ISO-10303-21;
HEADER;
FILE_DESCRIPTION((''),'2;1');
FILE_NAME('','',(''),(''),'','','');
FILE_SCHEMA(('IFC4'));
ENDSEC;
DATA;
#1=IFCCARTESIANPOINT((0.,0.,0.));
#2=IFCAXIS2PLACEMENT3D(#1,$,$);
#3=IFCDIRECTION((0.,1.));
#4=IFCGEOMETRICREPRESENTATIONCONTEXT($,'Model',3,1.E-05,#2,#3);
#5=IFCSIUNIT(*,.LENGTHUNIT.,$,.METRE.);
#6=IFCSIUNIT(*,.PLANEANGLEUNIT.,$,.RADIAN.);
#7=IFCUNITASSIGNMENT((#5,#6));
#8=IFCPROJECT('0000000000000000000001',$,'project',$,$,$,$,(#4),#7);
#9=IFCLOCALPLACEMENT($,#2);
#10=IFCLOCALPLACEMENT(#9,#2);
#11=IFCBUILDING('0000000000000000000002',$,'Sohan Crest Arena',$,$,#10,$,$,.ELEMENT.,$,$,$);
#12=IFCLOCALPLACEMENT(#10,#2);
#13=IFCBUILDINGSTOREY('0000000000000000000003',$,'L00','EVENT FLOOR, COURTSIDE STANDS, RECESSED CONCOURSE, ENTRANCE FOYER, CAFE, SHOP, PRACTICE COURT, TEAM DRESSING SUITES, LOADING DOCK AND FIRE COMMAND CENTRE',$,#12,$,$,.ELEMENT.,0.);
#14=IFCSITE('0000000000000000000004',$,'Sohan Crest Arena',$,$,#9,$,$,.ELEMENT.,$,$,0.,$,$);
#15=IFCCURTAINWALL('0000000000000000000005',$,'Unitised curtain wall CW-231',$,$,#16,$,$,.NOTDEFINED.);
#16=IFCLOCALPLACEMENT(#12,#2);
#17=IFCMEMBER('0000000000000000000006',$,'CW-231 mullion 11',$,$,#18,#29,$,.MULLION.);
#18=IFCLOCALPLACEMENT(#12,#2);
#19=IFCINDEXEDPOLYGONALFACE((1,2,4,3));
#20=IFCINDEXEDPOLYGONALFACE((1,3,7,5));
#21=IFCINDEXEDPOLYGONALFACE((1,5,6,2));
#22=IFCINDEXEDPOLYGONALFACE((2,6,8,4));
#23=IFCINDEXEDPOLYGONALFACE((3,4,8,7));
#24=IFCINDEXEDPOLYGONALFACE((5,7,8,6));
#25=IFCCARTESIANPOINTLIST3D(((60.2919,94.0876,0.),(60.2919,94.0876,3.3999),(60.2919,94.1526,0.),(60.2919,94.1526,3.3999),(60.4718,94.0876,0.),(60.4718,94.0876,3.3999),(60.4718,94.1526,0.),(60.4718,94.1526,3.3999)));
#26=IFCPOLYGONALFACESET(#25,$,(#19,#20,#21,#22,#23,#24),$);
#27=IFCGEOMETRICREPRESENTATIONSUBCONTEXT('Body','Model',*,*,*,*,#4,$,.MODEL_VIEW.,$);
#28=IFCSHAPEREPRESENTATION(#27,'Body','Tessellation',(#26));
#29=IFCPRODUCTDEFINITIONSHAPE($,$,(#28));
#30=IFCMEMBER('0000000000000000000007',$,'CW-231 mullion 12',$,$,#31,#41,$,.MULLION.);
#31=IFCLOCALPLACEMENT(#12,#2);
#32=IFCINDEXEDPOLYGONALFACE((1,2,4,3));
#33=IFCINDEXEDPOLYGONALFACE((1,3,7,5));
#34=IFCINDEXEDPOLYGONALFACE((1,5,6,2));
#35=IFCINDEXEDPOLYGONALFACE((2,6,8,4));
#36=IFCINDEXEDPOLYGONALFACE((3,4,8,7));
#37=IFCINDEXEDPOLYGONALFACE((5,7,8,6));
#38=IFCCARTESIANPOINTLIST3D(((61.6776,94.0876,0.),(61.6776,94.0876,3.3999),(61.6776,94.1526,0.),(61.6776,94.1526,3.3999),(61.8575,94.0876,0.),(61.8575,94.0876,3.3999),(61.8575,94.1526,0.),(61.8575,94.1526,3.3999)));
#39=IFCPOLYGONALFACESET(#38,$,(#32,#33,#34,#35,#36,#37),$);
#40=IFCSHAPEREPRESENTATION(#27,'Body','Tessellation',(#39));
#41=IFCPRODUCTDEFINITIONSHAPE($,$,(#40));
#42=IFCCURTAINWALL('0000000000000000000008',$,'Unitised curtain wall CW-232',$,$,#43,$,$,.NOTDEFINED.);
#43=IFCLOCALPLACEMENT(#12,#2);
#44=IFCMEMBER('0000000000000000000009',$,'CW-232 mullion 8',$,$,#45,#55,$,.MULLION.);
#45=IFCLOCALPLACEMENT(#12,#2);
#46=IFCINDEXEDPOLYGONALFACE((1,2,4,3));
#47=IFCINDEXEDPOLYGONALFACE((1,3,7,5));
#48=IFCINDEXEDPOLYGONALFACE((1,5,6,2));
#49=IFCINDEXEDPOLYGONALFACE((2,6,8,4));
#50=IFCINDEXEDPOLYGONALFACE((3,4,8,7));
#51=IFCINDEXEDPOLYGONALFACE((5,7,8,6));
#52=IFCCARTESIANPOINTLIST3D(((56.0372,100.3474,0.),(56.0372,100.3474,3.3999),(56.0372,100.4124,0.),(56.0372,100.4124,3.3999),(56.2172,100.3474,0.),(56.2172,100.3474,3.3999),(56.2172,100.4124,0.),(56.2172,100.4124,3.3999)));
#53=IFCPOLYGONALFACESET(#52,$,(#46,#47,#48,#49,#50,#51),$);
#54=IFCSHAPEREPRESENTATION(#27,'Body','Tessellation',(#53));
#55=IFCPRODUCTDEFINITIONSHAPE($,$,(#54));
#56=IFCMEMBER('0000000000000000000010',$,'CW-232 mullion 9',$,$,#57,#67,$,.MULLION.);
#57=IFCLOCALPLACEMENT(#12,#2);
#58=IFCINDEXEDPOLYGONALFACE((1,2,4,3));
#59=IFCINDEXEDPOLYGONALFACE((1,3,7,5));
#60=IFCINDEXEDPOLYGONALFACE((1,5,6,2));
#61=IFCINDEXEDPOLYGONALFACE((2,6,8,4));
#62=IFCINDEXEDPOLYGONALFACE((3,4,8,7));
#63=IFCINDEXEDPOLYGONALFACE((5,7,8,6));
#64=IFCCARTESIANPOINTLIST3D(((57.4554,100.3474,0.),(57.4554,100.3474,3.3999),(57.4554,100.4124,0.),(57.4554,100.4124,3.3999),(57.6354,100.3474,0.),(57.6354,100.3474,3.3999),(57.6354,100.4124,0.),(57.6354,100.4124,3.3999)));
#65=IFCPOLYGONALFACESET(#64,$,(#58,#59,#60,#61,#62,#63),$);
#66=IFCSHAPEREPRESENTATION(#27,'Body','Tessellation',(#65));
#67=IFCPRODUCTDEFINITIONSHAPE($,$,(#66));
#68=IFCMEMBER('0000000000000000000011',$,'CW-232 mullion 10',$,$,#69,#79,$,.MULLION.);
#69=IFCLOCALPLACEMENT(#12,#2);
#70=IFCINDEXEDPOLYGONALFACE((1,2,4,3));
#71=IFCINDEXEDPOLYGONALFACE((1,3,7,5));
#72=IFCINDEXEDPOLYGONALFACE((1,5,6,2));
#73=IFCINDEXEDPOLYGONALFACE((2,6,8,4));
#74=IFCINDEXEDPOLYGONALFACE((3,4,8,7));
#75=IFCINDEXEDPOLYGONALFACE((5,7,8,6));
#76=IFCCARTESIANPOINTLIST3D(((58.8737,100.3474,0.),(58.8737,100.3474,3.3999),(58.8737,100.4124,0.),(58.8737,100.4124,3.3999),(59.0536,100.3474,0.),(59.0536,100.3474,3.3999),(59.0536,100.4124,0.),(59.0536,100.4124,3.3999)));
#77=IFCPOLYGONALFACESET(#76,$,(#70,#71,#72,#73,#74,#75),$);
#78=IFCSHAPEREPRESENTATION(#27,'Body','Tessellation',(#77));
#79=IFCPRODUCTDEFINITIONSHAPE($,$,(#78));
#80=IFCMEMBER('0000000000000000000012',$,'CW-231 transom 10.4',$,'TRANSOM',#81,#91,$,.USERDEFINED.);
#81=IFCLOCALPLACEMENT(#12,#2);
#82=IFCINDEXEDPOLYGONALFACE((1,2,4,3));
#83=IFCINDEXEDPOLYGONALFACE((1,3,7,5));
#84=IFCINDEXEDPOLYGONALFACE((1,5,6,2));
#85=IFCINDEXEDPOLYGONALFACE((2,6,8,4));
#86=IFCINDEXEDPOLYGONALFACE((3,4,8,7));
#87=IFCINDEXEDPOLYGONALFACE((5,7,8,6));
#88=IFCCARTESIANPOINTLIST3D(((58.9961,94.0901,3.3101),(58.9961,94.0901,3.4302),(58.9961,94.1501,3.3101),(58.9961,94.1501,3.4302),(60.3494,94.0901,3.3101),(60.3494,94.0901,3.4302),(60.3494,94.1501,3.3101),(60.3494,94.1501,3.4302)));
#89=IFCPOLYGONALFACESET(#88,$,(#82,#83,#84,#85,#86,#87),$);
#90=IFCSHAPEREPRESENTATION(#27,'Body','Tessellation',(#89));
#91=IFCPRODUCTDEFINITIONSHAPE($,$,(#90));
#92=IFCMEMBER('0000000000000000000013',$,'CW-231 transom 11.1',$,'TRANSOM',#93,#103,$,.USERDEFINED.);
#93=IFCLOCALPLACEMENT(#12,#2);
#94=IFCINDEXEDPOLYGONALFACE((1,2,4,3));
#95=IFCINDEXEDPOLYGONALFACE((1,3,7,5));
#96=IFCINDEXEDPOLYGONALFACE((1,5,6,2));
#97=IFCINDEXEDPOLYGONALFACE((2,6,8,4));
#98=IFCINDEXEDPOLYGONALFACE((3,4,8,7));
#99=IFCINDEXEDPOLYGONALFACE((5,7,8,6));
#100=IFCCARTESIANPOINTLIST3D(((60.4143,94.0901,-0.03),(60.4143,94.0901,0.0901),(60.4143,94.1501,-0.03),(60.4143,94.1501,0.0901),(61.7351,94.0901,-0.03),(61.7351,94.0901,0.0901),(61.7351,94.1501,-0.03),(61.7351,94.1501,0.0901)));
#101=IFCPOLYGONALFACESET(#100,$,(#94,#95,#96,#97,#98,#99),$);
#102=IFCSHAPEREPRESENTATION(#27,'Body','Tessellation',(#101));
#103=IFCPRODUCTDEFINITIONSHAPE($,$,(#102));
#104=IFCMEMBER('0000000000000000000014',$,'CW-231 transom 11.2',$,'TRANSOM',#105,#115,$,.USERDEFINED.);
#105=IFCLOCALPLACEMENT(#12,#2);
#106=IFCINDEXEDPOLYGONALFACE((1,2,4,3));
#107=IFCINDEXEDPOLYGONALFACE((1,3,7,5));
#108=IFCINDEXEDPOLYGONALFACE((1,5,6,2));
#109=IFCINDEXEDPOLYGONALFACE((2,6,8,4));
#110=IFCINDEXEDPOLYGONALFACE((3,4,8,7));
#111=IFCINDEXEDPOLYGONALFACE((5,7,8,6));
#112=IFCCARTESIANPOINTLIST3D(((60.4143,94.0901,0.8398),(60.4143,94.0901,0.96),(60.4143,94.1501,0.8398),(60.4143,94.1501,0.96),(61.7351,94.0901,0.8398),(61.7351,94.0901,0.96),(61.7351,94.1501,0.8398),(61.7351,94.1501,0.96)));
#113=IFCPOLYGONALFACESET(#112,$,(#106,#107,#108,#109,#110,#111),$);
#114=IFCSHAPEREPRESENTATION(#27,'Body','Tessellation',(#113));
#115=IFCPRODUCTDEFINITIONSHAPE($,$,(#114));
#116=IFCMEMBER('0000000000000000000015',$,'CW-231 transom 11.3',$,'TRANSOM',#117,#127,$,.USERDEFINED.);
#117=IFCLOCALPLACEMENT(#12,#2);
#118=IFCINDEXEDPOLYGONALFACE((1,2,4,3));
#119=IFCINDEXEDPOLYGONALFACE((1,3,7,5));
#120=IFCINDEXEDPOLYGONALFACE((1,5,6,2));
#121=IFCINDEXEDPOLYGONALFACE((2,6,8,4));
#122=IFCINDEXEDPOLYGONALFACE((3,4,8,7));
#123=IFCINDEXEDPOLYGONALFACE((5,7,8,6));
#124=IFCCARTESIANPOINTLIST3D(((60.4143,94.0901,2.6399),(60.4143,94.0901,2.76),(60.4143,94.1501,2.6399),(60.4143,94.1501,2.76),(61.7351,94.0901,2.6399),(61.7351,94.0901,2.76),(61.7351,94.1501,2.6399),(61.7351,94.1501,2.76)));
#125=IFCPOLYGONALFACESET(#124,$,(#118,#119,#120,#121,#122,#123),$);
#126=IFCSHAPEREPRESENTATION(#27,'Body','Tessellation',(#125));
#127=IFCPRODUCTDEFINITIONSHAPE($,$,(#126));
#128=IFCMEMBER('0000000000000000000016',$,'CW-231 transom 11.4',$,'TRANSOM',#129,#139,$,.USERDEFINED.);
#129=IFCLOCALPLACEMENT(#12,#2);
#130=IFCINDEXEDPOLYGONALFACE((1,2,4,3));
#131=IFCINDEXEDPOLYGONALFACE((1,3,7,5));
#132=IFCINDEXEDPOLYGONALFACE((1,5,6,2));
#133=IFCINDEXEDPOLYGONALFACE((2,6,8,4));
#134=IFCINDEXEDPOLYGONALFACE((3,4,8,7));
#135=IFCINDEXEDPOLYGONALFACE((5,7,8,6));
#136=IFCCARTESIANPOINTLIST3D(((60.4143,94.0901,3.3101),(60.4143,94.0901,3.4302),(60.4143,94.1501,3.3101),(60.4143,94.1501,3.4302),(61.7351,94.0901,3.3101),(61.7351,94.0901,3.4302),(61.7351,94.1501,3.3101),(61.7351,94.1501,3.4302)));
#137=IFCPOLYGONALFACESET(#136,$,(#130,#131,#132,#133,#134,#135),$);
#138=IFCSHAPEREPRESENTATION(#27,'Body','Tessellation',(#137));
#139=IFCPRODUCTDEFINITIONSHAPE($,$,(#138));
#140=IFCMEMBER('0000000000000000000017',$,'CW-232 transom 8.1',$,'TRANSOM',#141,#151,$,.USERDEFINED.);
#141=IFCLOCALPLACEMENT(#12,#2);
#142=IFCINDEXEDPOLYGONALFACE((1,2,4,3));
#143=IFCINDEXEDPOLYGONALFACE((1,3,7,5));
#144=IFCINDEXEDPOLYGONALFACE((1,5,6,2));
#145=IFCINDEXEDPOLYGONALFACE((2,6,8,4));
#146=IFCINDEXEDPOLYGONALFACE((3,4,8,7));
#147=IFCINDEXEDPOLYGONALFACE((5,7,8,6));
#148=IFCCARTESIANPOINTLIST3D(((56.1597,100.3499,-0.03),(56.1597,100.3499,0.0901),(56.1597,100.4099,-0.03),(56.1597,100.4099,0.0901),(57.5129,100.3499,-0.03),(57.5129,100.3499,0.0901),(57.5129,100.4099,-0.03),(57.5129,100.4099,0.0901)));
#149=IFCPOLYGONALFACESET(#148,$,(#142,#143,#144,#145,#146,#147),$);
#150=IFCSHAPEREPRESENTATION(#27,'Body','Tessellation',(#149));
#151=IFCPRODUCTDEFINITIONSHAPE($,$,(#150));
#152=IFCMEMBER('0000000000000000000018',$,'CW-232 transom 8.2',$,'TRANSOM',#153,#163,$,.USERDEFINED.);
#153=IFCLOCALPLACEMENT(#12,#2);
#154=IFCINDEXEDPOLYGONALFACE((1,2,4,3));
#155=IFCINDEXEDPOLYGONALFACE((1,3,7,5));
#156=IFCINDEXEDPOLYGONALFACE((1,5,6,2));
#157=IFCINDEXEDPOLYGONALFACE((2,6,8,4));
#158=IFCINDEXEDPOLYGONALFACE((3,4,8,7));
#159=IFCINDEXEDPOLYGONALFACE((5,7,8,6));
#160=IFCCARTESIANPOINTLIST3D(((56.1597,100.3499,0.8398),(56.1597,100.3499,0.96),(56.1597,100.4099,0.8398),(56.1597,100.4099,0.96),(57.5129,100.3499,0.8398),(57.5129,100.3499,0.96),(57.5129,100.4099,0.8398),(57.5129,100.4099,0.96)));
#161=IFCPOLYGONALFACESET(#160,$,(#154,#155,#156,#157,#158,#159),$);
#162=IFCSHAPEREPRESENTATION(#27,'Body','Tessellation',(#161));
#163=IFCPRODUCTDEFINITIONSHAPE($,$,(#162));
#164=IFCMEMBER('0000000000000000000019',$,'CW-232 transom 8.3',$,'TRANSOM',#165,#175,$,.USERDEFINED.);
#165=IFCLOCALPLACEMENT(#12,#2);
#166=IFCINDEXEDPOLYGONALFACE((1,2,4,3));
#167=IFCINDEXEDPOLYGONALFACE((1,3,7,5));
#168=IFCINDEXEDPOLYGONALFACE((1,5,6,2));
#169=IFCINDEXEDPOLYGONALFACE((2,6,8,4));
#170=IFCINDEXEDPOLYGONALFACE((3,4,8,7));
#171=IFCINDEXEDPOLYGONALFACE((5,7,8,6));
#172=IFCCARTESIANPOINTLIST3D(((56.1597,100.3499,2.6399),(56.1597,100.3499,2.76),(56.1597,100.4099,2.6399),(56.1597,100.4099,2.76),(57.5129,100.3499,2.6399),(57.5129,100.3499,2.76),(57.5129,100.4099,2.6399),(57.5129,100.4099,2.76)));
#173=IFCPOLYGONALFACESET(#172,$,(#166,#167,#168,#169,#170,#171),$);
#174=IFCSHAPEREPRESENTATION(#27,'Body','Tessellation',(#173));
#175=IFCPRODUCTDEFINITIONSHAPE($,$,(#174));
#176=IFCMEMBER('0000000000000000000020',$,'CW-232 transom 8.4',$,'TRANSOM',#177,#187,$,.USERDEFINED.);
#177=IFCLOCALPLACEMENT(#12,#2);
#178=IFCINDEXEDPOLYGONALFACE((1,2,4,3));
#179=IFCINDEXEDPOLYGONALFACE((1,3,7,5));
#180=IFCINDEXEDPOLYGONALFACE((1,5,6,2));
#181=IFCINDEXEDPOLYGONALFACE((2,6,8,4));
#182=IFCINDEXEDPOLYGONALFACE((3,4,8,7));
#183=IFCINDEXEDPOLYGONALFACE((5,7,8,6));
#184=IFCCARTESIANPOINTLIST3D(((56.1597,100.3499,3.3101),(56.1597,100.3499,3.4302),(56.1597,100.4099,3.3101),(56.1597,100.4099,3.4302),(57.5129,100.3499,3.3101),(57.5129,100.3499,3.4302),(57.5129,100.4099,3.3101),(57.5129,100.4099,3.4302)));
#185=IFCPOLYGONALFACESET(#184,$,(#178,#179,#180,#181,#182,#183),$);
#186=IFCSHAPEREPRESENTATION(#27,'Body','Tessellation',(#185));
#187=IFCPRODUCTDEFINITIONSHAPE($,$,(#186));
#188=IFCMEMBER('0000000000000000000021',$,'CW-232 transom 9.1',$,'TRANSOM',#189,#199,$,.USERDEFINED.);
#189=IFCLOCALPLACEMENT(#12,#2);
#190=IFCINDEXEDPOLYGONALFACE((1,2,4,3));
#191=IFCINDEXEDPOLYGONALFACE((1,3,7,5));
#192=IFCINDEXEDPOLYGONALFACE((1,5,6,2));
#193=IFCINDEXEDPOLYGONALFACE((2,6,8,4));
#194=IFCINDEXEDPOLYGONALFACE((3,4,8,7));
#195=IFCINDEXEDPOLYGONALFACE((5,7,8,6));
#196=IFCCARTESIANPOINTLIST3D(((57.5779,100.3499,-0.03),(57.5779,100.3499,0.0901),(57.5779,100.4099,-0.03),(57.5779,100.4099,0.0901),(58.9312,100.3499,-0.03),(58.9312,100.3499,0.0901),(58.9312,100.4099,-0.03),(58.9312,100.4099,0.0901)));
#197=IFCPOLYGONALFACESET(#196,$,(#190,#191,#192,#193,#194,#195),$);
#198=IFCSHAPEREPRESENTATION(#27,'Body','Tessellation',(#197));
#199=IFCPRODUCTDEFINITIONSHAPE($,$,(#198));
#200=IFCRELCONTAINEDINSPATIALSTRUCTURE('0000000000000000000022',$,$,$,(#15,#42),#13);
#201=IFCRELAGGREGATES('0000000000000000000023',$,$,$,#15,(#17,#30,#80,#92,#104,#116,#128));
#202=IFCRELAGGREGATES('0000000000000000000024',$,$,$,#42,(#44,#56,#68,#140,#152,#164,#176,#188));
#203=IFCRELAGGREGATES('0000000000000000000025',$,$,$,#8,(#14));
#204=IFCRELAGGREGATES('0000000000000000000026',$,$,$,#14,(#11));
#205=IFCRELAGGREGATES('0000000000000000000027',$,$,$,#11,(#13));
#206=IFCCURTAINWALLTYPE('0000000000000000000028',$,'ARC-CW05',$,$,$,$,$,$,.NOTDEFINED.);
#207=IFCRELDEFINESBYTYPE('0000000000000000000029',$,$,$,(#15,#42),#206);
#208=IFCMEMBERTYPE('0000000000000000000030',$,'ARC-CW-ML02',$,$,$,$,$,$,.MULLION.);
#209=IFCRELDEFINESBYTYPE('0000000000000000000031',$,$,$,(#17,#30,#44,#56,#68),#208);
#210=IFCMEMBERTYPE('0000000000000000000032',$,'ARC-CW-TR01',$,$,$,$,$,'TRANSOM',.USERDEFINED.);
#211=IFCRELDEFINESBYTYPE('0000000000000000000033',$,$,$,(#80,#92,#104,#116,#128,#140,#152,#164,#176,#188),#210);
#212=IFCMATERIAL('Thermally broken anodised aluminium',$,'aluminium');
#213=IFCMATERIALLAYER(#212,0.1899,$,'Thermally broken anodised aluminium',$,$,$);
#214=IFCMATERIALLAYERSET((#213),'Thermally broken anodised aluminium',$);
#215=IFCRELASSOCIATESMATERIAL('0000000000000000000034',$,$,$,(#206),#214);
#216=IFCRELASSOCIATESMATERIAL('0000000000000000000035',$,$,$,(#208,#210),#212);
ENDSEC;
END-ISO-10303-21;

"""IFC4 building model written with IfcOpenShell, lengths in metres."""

from ifc_helpers import new_model, si_unit, direction, frame, origin, origin_2d, place, context, subcontext, project, spatial, rectangle, extrude, material, layer, layer_set, material_profile, profile_set, type_object, element, aggregate, save


model = new_model("IFC4")

# Units and contexts
model_context = context("Model", 3, precision=1e-05, world=origin(), true_north=direction((0.0, 1.0)))
body_context = subcontext(model_context, "Body", "Model", "MODEL_VIEW")
ifc_project = project(units=[si_unit("LENGTHUNIT", "METRE"), si_unit("PLANEANGLEUNIT", "RADIAN")], contexts=[model_context])

# Site, building, storey
site_placement = place(None, origin())
site = spatial("IfcSite", under=ifc_project, at=site_placement, Name="Sohan Crest Arena", CompositionType="ELEMENT", RefElevation=0.0)
building_placement = place(site_placement, origin())
building = spatial("IfcBuilding", under=site, at=building_placement, Name="Sohan Crest Arena", CompositionType="ELEMENT")
storey_placement = place(building_placement, origin())
storey = spatial("IfcBuildingStorey", under=building, at=storey_placement, Name="L00", Description="EVENT FLOOR, COURTSIDE STANDS, RECESSED CONCOURSE, ENTRANCE FOYER, CAFE, SHOP, PRACTICE COURT, TEAM DRESSING SUITES, LOADING DOCK AND FIRE COMMAND CENTRE", CompositionType="ELEMENT", Elevation=0.0)

# Curtain walls, members
ifc_material_1 = material(Name="Thermally broken anodised aluminium", Category="aluminium")
ifc_layer_1 = layer(ifc_material_1, 0.1899, Name="Thermally broken anodised aluminium")
ifc_layer_set_1 = layer_set([ifc_layer_1], Name="Thermally broken anodised aluminium")
curtain_wall_type = type_object("IfcCurtainWallType", Name="ARC-CW05", PredefinedType="NOTDEFINED", material=ifc_layer_set_1)
curtain_wall_1_placement = place(storey_placement, origin())
curtain_wall_1 = element("IfcCurtainWall", 1, at=curtain_wall_1_placement, inside=storey, type_object=curtain_wall_type, Name="Unitised curtain wall CW-231", PredefinedType="NOTDEFINED")
ifc_material_profile_1 = material_profile(ifc_material_1, rectangle(XDim=0.0649, YDim=0.1799, at=origin_2d()), Name="ALU-MULL 65x180")
ifc_profile_set_1 = profile_set([ifc_material_profile_1], Name="Thermally broken anodised aluminium")
member_type_1 = type_object("IfcMemberType", Name="ARC-CW-ML02", PredefinedType="MULLION", material=ifc_profile_set_1)
member_1_placement = place(storey_placement, frame((60.3818, 94.1201, 0.0), z_axis=(0.0, 0.0, 1.0), x_axis=(0.0, 1.0, 0.0)))
member_1 = element("IfcMember", 2, at=member_1_placement, type_object=member_type_1, Name="CW-231 mullion 11", PredefinedType="MULLION", context=body_context, shape_type="SweptSolid", body=[
    extrude(rectangle(XDim=0.0649, YDim=0.1799, at=origin_2d()), origin(), (0.0, 0.0, 1.0), 3.3999),
])
member_2_placement = place(storey_placement, frame((61.7676, 94.1201, 0.0), z_axis=(0.0, 0.0, 1.0), x_axis=(0.0, 1.0, 0.0)))
member_2 = element("IfcMember", 3, at=member_2_placement, type_object=member_type_1, Name="CW-231 mullion 12", PredefinedType="MULLION", context=body_context, shape_type="SweptSolid", body=[
    extrude(rectangle(XDim=0.0649, YDim=0.1799, at=origin_2d()), origin(), (0.0, 0.0, 1.0), 3.3999),
])
curtain_wall_2_placement = place(storey_placement, origin())
curtain_wall_2 = element("IfcCurtainWall", 4, at=curtain_wall_2_placement, inside=storey, type_object=curtain_wall_type, Name="Unitised curtain wall CW-232", PredefinedType="NOTDEFINED")
member_3_placement = place(storey_placement, frame((56.1272, 100.3799, 0.0), z_axis=(0.0, 0.0, 1.0), x_axis=(0.0, 1.0, 0.0)))
member_3 = element("IfcMember", 5, at=member_3_placement, type_object=member_type_1, Name="CW-232 mullion 8", PredefinedType="MULLION", context=body_context, shape_type="SweptSolid", body=[
    extrude(rectangle(XDim=0.0649, YDim=0.1799, at=origin_2d()), origin(), (0.0, 0.0, 1.0), 3.3999),
])
member_4_placement = place(storey_placement, frame((57.5454, 100.3799, 0.0), z_axis=(0.0, 0.0, 1.0), x_axis=(0.0, 1.0, 0.0)))
member_4 = element("IfcMember", 6, at=member_4_placement, type_object=member_type_1, Name="CW-232 mullion 9", PredefinedType="MULLION", context=body_context, shape_type="SweptSolid", body=[
    extrude(rectangle(XDim=0.0649, YDim=0.1799, at=origin_2d()), origin(), (0.0, 0.0, 1.0), 3.3999),
])
member_5_placement = place(storey_placement, frame((58.9636, 100.3799, 0.0), z_axis=(0.0, 0.0, 1.0), x_axis=(0.0, 1.0, 0.0)))
member_5 = element("IfcMember", 7, at=member_5_placement, type_object=member_type_1, Name="CW-232 mullion 10", PredefinedType="MULLION", context=body_context, shape_type="SweptSolid", body=[
    extrude(rectangle(XDim=0.0649, YDim=0.1799, at=origin_2d()), origin(), (0.0, 0.0, 1.0), 3.3999),
])

# Members
ifc_material_profile_2 = material_profile(ifc_material_1, rectangle(XDim=0.0601, YDim=0.1201, at=origin_2d()), Name="ALU-TRAN 60x120")
ifc_profile_set_2 = profile_set([ifc_material_profile_2], Name="Thermally broken anodised aluminium")
member_type_2 = type_object("IfcMemberType", Name="ARC-CW-TR01", ElementType="TRANSOM", PredefinedType="USERDEFINED", material=ifc_profile_set_2)
member_6_placement = place(storey_placement, frame((58.9961, 94.1201, 3.3701), z_axis=(1.0, 0.0, 0.0), x_axis=(0.0, 1.0, 0.0)))
member_6 = element("IfcMember", 8, at=member_6_placement, type_object=member_type_2, Name="CW-231 transom 10.4", ObjectType="TRANSOM", PredefinedType="USERDEFINED", context=body_context, shape_type="SweptSolid", body=[
    extrude(rectangle(XDim=0.0601, YDim=0.1201, at=origin_2d()), origin(), (0.0, 0.0, 1.0), 1.3533),
])
member_7_placement = place(storey_placement, frame((60.4143, 94.1201, 0.03), z_axis=(1.0, 0.0, 0.0), x_axis=(0.0, 1.0, 0.0)))
member_7 = element("IfcMember", 9, at=member_7_placement, type_object=member_type_2, Name="CW-231 transom 11.1", ObjectType="TRANSOM", PredefinedType="USERDEFINED", context=body_context, shape_type="SweptSolid", body=[
    extrude(rectangle(XDim=0.0601, YDim=0.1201, at=origin_2d()), origin(), (0.0, 0.0, 1.0), 1.3208),
])
member_8_placement = place(storey_placement, frame((60.4143, 94.1201, 0.8999), z_axis=(1.0, 0.0, 0.0), x_axis=(0.0, 1.0, 0.0)))
member_8 = element("IfcMember", 10, at=member_8_placement, type_object=member_type_2, Name="CW-231 transom 11.2", ObjectType="TRANSOM", PredefinedType="USERDEFINED", context=body_context, shape_type="SweptSolid", body=[
    extrude(rectangle(XDim=0.0601, YDim=0.1201, at=origin_2d()), origin(), (0.0, 0.0, 1.0), 1.3208),
])
member_9_placement = place(storey_placement, frame((60.4143, 94.1201, 2.7), z_axis=(1.0, 0.0, 0.0), x_axis=(0.0, 1.0, 0.0)))
member_9 = element("IfcMember", 11, at=member_9_placement, type_object=member_type_2, Name="CW-231 transom 11.3", ObjectType="TRANSOM", PredefinedType="USERDEFINED", context=body_context, shape_type="SweptSolid", body=[
    extrude(rectangle(XDim=0.0601, YDim=0.1201, at=origin_2d()), origin(), (0.0, 0.0, 1.0), 1.3208),
])
member_10_placement = place(storey_placement, frame((60.4143, 94.1201, 3.3701), z_axis=(1.0, 0.0, 0.0), x_axis=(0.0, 1.0, 0.0)))
member_10 = element("IfcMember", 12, at=member_10_placement, type_object=member_type_2, Name="CW-231 transom 11.4", ObjectType="TRANSOM", PredefinedType="USERDEFINED", context=body_context, shape_type="SweptSolid", body=[
    extrude(rectangle(XDim=0.0601, YDim=0.1201, at=origin_2d()), origin(), (0.0, 0.0, 1.0), 1.3208),
])
member_11_placement = place(storey_placement, frame((56.1597, 100.3799, 0.03), z_axis=(1.0, 0.0, 0.0), x_axis=(0.0, 1.0, 0.0)))
member_11 = element("IfcMember", 13, at=member_11_placement, type_object=member_type_2, Name="CW-232 transom 8.1", ObjectType="TRANSOM", PredefinedType="USERDEFINED", context=body_context, shape_type="SweptSolid", body=[
    extrude(rectangle(XDim=0.0601, YDim=0.1201, at=origin_2d()), origin(), (0.0, 0.0, 1.0), 1.3533),
])
member_12_placement = place(storey_placement, frame((56.1597, 100.3799, 0.8999), z_axis=(1.0, 0.0, 0.0), x_axis=(0.0, 1.0, 0.0)))
member_12 = element("IfcMember", 14, at=member_12_placement, type_object=member_type_2, Name="CW-232 transom 8.2", ObjectType="TRANSOM", PredefinedType="USERDEFINED", context=body_context, shape_type="SweptSolid", body=[
    extrude(rectangle(XDim=0.0601, YDim=0.1201, at=origin_2d()), origin(), (0.0, 0.0, 1.0), 1.3533),
])
member_13_placement = place(storey_placement, frame((56.1597, 100.3799, 2.7), z_axis=(1.0, 0.0, 0.0), x_axis=(0.0, 1.0, 0.0)))
member_13 = element("IfcMember", 15, at=member_13_placement, type_object=member_type_2, Name="CW-232 transom 8.3", ObjectType="TRANSOM", PredefinedType="USERDEFINED", context=body_context, shape_type="SweptSolid", body=[
    extrude(rectangle(XDim=0.0601, YDim=0.1201, at=origin_2d()), origin(), (0.0, 0.0, 1.0), 1.3533),
])
member_14_placement = place(storey_placement, frame((56.1597, 100.3799, 3.3701), z_axis=(1.0, 0.0, 0.0), x_axis=(0.0, 1.0, 0.0)))
member_14 = element("IfcMember", 16, at=member_14_placement, type_object=member_type_2, Name="CW-232 transom 8.4", ObjectType="TRANSOM", PredefinedType="USERDEFINED", context=body_context, shape_type="SweptSolid", body=[
    extrude(rectangle(XDim=0.0601, YDim=0.1201, at=origin_2d()), origin(), (0.0, 0.0, 1.0), 1.3533),
])
member_15_placement = place(storey_placement, frame((57.5779, 100.3799, 0.03), z_axis=(1.0, 0.0, 0.0), x_axis=(0.0, 1.0, 0.0)))
member_15 = element("IfcMember", 17, at=member_15_placement, type_object=member_type_2, Name="CW-232 transom 9.1", ObjectType="TRANSOM", PredefinedType="USERDEFINED", context=body_context, shape_type="SweptSolid", body=[
    extrude(rectangle(XDim=0.0601, YDim=0.1201, at=origin_2d()), origin(), (0.0, 0.0, 1.0), 1.3533),
])

aggregate(curtain_wall_1, [member_1, member_2, member_6, member_7, member_8, member_9, member_10])
aggregate(curtain_wall_2, [member_3, member_4, member_5, member_11, member_12, member_13, member_14, member_15])

save(model, "model.ifc")
